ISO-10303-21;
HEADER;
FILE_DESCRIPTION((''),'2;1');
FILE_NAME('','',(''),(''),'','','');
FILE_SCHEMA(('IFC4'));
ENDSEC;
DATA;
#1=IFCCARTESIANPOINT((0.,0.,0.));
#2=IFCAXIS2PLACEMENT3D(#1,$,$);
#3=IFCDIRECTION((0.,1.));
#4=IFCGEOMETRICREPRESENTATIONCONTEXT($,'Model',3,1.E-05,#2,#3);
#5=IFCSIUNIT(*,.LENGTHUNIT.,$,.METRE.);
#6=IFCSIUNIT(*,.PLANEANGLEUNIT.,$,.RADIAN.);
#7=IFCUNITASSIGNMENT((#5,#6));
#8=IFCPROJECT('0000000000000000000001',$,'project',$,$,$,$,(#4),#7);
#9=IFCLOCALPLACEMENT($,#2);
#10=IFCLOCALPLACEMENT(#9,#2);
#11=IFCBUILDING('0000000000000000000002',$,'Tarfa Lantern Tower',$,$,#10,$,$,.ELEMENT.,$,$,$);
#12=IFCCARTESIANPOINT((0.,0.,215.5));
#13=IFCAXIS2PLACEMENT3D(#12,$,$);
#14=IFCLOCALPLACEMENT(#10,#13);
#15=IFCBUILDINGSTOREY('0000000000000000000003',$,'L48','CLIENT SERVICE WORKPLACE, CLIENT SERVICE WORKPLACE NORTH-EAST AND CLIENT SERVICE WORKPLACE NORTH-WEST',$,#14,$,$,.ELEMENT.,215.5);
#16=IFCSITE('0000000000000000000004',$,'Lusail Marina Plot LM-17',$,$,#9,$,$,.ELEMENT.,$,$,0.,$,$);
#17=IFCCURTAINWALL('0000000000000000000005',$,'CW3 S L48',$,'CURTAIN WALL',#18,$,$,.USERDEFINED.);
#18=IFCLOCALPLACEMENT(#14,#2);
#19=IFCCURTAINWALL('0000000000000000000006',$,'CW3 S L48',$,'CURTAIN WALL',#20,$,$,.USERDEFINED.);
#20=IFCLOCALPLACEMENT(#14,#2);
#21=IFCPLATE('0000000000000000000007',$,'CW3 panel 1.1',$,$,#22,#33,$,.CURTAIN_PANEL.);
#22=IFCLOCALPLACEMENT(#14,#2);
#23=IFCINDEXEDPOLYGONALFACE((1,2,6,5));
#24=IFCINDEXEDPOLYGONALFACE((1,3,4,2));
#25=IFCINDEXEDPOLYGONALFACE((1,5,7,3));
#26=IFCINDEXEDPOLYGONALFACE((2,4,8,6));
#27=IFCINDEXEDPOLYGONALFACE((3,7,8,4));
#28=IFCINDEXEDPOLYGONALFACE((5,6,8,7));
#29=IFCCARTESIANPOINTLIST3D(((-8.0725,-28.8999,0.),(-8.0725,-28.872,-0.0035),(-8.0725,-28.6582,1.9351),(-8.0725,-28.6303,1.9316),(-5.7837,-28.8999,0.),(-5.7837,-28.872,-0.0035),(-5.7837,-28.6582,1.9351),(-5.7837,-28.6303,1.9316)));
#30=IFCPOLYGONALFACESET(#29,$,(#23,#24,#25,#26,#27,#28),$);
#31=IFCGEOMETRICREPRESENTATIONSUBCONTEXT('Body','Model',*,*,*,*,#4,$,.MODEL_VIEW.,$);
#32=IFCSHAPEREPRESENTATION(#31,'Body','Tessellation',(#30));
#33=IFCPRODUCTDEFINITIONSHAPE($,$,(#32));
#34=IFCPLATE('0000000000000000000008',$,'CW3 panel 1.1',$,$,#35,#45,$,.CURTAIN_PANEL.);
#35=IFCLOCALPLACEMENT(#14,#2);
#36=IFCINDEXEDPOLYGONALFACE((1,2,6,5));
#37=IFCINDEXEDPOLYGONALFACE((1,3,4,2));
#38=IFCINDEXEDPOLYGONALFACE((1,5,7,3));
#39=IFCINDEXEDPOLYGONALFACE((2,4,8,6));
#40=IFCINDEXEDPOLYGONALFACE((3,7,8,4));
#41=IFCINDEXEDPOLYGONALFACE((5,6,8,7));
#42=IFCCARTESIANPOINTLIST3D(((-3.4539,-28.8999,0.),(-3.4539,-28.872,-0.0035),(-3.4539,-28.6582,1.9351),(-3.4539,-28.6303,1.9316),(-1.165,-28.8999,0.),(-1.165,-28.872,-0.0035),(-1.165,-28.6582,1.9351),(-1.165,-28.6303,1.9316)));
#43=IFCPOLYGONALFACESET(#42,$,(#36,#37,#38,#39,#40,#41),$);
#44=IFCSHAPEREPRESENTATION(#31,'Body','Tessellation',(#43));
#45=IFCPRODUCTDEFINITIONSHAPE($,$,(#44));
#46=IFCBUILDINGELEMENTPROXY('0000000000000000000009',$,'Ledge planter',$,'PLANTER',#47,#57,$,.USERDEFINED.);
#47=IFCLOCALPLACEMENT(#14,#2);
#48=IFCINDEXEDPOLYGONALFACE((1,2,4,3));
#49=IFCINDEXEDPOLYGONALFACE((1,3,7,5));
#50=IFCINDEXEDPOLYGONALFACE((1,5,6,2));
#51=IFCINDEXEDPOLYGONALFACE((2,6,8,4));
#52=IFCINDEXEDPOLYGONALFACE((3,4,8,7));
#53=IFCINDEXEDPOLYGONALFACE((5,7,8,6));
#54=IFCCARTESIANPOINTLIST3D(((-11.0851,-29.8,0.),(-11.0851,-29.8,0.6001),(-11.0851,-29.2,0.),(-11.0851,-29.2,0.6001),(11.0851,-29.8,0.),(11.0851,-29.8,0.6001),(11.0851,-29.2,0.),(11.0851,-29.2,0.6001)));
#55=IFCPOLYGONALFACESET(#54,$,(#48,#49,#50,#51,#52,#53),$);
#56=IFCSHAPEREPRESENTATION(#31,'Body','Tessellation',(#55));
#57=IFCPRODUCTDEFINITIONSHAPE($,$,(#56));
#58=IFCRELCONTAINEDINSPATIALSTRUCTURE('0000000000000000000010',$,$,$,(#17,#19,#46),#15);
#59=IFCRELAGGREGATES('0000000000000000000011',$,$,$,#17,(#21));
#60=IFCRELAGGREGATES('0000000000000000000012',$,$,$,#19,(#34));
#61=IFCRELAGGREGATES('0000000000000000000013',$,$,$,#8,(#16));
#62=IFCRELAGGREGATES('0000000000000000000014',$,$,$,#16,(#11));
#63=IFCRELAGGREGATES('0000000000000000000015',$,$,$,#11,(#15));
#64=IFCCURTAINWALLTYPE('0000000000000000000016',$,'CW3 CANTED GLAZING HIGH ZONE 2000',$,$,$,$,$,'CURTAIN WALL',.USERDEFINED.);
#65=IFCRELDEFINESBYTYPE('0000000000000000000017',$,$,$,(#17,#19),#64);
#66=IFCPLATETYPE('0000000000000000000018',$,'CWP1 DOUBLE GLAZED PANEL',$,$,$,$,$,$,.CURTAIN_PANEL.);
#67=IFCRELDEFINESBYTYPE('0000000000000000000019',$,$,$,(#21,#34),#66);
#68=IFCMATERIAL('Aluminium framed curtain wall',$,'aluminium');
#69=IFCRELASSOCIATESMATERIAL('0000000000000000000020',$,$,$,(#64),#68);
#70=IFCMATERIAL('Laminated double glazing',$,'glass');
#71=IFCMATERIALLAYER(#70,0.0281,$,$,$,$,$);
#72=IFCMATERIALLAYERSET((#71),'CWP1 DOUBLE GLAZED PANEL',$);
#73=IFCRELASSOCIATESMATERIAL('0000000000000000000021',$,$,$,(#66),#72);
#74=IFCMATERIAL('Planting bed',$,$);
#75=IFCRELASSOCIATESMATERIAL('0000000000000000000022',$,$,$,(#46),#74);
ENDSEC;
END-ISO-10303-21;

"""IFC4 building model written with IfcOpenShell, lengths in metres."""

from ifc_helpers import new_model, si_unit, direction, frame, origin, origin_2d, place, context, subcontext, project, spatial, polyline, rectangle, outline, extrude, material, layer, layer_set, type_object, element, aggregate, save


model = new_model("IFC4")

# Units and contexts
model_context = context("Model", 3, precision=1e-05, world=origin(), true_north=direction((0.0, 1.0)))
body_context = subcontext(model_context, "Body", "Model", "MODEL_VIEW")
ifc_project = project(units=[si_unit("LENGTHUNIT", "METRE"), si_unit("PLANEANGLEUNIT", "RADIAN")], contexts=[model_context])

# Site, building, storey
site_placement = place(None, origin())
site = spatial("IfcSite", under=ifc_project, at=site_placement, Name="Lusail Marina Plot LM-17", CompositionType="ELEMENT", RefElevation=0.0)
building_placement = place(site_placement, origin())
building = spatial("IfcBuilding", under=site, at=building_placement, Name="Tarfa Lantern Tower", CompositionType="ELEMENT")
storey_placement = place(building_placement, frame((0.0, 0.0, 215.5)))
storey = spatial("IfcBuildingStorey", under=building, at=storey_placement, Name="L48", Description="CLIENT SERVICE WORKPLACE, CLIENT SERVICE WORKPLACE NORTH-EAST AND CLIENT SERVICE WORKPLACE NORTH-WEST", CompositionType="ELEMENT", Elevation=215.5)

# Shared definitions
ifc_material_1 = material(Name="Aluminium framed curtain wall", Category="aluminium")
curtain_wall_type = type_object("IfcCurtainWallType", Name="CW3 CANTED GLAZING HIGH ZONE 2000", ElementType="CURTAIN WALL", PredefinedType="USERDEFINED", material=ifc_material_1)

# Curtain walls
curtain_wall_1_placement = place(storey_placement, origin())
curtain_wall_1 = element("IfcCurtainWall", 1, at=curtain_wall_1_placement, inside=storey, type_object=curtain_wall_type, Name="CW3 S L48", ObjectType="CURTAIN WALL", PredefinedType="USERDEFINED")
curtain_wall_2_placement = place(storey_placement, origin())
curtain_wall_2 = element("IfcCurtainWall", 2, at=curtain_wall_2_placement, inside=storey, type_object=curtain_wall_type, Name="CW3 S L48", ObjectType="CURTAIN WALL", PredefinedType="USERDEFINED")

# Plates
ifc_material_2 = material(Name="Laminated double glazing", Category="glass")
ifc_layer_1 = layer(ifc_material_2, 0.0281)
ifc_layer_set_1 = layer_set([ifc_layer_1], Name="CWP1 DOUBLE GLAZED PANEL")
plate_type = type_object("IfcPlateType", Name="CWP1 DOUBLE GLAZED PANEL", PredefinedType="CURTAIN_PANEL", material=ifc_layer_set_1)
plate_1_placement = place(storey_placement, frame((-8.0725, -28.8999, 0.0), z_axis=(0.0, -0.992289, 0.123942), x_axis=(1.0, 0.0, 0.0)))
plate_1 = element("IfcPlate", 3, at=plate_1_placement, type_object=plate_type, Name="CW3 panel 1.1", PredefinedType="CURTAIN_PANEL", context=body_context, shape_type="SweptSolid", body=[
    extrude(outline(polyline([(0.0, 0.0), (2.2888, 0.0), (2.2888, 1.9501), (0.0, 1.9501), (0.0, 0.0)])), origin(), (0.0, 0.0, -1.0), 0.0281),
])
aggregate(curtain_wall_1, [plate_1])
plate_2_placement = place(storey_placement, frame((-3.4539, -28.8999, 0.0), z_axis=(0.0, -0.992289, 0.123942), x_axis=(1.0, 0.0, 0.0)))
plate_2 = element("IfcPlate", 4, at=plate_2_placement, type_object=plate_type, Name="CW3 panel 1.1", PredefinedType="CURTAIN_PANEL", context=body_context, shape_type="SweptSolid", body=[
    extrude(outline(polyline([(0.0, 0.0), (2.2888, 0.0), (2.2888, 1.9501), (0.0, 1.9501), (0.0, 0.0)])), origin(), (0.0, 0.0, -1.0), 0.0281),
])
aggregate(curtain_wall_2, [plate_2])

# Building element proxy
ifc_material_3 = material(Name="Planting bed")
proxy_placement = place(storey_placement, frame((0.0, -29.5, 0.0), z_axis=(0.0, 0.0, 1.0), x_axis=(1.0, 0.0, 0.0)))
element("IfcBuildingElementProxy", 5, at=proxy_placement, inside=storey, material=ifc_material_3, Name="Ledge planter", ObjectType="PLANTER", PredefinedType="USERDEFINED", context=body_context, shape_type="SweptSolid", body=[
    extrude(rectangle(XDim=22.1702, YDim=0.6001, at=origin_2d()), origin(), (0.0, 0.0, 1.0), 0.6001),
])

save(model, "model.ifc")
